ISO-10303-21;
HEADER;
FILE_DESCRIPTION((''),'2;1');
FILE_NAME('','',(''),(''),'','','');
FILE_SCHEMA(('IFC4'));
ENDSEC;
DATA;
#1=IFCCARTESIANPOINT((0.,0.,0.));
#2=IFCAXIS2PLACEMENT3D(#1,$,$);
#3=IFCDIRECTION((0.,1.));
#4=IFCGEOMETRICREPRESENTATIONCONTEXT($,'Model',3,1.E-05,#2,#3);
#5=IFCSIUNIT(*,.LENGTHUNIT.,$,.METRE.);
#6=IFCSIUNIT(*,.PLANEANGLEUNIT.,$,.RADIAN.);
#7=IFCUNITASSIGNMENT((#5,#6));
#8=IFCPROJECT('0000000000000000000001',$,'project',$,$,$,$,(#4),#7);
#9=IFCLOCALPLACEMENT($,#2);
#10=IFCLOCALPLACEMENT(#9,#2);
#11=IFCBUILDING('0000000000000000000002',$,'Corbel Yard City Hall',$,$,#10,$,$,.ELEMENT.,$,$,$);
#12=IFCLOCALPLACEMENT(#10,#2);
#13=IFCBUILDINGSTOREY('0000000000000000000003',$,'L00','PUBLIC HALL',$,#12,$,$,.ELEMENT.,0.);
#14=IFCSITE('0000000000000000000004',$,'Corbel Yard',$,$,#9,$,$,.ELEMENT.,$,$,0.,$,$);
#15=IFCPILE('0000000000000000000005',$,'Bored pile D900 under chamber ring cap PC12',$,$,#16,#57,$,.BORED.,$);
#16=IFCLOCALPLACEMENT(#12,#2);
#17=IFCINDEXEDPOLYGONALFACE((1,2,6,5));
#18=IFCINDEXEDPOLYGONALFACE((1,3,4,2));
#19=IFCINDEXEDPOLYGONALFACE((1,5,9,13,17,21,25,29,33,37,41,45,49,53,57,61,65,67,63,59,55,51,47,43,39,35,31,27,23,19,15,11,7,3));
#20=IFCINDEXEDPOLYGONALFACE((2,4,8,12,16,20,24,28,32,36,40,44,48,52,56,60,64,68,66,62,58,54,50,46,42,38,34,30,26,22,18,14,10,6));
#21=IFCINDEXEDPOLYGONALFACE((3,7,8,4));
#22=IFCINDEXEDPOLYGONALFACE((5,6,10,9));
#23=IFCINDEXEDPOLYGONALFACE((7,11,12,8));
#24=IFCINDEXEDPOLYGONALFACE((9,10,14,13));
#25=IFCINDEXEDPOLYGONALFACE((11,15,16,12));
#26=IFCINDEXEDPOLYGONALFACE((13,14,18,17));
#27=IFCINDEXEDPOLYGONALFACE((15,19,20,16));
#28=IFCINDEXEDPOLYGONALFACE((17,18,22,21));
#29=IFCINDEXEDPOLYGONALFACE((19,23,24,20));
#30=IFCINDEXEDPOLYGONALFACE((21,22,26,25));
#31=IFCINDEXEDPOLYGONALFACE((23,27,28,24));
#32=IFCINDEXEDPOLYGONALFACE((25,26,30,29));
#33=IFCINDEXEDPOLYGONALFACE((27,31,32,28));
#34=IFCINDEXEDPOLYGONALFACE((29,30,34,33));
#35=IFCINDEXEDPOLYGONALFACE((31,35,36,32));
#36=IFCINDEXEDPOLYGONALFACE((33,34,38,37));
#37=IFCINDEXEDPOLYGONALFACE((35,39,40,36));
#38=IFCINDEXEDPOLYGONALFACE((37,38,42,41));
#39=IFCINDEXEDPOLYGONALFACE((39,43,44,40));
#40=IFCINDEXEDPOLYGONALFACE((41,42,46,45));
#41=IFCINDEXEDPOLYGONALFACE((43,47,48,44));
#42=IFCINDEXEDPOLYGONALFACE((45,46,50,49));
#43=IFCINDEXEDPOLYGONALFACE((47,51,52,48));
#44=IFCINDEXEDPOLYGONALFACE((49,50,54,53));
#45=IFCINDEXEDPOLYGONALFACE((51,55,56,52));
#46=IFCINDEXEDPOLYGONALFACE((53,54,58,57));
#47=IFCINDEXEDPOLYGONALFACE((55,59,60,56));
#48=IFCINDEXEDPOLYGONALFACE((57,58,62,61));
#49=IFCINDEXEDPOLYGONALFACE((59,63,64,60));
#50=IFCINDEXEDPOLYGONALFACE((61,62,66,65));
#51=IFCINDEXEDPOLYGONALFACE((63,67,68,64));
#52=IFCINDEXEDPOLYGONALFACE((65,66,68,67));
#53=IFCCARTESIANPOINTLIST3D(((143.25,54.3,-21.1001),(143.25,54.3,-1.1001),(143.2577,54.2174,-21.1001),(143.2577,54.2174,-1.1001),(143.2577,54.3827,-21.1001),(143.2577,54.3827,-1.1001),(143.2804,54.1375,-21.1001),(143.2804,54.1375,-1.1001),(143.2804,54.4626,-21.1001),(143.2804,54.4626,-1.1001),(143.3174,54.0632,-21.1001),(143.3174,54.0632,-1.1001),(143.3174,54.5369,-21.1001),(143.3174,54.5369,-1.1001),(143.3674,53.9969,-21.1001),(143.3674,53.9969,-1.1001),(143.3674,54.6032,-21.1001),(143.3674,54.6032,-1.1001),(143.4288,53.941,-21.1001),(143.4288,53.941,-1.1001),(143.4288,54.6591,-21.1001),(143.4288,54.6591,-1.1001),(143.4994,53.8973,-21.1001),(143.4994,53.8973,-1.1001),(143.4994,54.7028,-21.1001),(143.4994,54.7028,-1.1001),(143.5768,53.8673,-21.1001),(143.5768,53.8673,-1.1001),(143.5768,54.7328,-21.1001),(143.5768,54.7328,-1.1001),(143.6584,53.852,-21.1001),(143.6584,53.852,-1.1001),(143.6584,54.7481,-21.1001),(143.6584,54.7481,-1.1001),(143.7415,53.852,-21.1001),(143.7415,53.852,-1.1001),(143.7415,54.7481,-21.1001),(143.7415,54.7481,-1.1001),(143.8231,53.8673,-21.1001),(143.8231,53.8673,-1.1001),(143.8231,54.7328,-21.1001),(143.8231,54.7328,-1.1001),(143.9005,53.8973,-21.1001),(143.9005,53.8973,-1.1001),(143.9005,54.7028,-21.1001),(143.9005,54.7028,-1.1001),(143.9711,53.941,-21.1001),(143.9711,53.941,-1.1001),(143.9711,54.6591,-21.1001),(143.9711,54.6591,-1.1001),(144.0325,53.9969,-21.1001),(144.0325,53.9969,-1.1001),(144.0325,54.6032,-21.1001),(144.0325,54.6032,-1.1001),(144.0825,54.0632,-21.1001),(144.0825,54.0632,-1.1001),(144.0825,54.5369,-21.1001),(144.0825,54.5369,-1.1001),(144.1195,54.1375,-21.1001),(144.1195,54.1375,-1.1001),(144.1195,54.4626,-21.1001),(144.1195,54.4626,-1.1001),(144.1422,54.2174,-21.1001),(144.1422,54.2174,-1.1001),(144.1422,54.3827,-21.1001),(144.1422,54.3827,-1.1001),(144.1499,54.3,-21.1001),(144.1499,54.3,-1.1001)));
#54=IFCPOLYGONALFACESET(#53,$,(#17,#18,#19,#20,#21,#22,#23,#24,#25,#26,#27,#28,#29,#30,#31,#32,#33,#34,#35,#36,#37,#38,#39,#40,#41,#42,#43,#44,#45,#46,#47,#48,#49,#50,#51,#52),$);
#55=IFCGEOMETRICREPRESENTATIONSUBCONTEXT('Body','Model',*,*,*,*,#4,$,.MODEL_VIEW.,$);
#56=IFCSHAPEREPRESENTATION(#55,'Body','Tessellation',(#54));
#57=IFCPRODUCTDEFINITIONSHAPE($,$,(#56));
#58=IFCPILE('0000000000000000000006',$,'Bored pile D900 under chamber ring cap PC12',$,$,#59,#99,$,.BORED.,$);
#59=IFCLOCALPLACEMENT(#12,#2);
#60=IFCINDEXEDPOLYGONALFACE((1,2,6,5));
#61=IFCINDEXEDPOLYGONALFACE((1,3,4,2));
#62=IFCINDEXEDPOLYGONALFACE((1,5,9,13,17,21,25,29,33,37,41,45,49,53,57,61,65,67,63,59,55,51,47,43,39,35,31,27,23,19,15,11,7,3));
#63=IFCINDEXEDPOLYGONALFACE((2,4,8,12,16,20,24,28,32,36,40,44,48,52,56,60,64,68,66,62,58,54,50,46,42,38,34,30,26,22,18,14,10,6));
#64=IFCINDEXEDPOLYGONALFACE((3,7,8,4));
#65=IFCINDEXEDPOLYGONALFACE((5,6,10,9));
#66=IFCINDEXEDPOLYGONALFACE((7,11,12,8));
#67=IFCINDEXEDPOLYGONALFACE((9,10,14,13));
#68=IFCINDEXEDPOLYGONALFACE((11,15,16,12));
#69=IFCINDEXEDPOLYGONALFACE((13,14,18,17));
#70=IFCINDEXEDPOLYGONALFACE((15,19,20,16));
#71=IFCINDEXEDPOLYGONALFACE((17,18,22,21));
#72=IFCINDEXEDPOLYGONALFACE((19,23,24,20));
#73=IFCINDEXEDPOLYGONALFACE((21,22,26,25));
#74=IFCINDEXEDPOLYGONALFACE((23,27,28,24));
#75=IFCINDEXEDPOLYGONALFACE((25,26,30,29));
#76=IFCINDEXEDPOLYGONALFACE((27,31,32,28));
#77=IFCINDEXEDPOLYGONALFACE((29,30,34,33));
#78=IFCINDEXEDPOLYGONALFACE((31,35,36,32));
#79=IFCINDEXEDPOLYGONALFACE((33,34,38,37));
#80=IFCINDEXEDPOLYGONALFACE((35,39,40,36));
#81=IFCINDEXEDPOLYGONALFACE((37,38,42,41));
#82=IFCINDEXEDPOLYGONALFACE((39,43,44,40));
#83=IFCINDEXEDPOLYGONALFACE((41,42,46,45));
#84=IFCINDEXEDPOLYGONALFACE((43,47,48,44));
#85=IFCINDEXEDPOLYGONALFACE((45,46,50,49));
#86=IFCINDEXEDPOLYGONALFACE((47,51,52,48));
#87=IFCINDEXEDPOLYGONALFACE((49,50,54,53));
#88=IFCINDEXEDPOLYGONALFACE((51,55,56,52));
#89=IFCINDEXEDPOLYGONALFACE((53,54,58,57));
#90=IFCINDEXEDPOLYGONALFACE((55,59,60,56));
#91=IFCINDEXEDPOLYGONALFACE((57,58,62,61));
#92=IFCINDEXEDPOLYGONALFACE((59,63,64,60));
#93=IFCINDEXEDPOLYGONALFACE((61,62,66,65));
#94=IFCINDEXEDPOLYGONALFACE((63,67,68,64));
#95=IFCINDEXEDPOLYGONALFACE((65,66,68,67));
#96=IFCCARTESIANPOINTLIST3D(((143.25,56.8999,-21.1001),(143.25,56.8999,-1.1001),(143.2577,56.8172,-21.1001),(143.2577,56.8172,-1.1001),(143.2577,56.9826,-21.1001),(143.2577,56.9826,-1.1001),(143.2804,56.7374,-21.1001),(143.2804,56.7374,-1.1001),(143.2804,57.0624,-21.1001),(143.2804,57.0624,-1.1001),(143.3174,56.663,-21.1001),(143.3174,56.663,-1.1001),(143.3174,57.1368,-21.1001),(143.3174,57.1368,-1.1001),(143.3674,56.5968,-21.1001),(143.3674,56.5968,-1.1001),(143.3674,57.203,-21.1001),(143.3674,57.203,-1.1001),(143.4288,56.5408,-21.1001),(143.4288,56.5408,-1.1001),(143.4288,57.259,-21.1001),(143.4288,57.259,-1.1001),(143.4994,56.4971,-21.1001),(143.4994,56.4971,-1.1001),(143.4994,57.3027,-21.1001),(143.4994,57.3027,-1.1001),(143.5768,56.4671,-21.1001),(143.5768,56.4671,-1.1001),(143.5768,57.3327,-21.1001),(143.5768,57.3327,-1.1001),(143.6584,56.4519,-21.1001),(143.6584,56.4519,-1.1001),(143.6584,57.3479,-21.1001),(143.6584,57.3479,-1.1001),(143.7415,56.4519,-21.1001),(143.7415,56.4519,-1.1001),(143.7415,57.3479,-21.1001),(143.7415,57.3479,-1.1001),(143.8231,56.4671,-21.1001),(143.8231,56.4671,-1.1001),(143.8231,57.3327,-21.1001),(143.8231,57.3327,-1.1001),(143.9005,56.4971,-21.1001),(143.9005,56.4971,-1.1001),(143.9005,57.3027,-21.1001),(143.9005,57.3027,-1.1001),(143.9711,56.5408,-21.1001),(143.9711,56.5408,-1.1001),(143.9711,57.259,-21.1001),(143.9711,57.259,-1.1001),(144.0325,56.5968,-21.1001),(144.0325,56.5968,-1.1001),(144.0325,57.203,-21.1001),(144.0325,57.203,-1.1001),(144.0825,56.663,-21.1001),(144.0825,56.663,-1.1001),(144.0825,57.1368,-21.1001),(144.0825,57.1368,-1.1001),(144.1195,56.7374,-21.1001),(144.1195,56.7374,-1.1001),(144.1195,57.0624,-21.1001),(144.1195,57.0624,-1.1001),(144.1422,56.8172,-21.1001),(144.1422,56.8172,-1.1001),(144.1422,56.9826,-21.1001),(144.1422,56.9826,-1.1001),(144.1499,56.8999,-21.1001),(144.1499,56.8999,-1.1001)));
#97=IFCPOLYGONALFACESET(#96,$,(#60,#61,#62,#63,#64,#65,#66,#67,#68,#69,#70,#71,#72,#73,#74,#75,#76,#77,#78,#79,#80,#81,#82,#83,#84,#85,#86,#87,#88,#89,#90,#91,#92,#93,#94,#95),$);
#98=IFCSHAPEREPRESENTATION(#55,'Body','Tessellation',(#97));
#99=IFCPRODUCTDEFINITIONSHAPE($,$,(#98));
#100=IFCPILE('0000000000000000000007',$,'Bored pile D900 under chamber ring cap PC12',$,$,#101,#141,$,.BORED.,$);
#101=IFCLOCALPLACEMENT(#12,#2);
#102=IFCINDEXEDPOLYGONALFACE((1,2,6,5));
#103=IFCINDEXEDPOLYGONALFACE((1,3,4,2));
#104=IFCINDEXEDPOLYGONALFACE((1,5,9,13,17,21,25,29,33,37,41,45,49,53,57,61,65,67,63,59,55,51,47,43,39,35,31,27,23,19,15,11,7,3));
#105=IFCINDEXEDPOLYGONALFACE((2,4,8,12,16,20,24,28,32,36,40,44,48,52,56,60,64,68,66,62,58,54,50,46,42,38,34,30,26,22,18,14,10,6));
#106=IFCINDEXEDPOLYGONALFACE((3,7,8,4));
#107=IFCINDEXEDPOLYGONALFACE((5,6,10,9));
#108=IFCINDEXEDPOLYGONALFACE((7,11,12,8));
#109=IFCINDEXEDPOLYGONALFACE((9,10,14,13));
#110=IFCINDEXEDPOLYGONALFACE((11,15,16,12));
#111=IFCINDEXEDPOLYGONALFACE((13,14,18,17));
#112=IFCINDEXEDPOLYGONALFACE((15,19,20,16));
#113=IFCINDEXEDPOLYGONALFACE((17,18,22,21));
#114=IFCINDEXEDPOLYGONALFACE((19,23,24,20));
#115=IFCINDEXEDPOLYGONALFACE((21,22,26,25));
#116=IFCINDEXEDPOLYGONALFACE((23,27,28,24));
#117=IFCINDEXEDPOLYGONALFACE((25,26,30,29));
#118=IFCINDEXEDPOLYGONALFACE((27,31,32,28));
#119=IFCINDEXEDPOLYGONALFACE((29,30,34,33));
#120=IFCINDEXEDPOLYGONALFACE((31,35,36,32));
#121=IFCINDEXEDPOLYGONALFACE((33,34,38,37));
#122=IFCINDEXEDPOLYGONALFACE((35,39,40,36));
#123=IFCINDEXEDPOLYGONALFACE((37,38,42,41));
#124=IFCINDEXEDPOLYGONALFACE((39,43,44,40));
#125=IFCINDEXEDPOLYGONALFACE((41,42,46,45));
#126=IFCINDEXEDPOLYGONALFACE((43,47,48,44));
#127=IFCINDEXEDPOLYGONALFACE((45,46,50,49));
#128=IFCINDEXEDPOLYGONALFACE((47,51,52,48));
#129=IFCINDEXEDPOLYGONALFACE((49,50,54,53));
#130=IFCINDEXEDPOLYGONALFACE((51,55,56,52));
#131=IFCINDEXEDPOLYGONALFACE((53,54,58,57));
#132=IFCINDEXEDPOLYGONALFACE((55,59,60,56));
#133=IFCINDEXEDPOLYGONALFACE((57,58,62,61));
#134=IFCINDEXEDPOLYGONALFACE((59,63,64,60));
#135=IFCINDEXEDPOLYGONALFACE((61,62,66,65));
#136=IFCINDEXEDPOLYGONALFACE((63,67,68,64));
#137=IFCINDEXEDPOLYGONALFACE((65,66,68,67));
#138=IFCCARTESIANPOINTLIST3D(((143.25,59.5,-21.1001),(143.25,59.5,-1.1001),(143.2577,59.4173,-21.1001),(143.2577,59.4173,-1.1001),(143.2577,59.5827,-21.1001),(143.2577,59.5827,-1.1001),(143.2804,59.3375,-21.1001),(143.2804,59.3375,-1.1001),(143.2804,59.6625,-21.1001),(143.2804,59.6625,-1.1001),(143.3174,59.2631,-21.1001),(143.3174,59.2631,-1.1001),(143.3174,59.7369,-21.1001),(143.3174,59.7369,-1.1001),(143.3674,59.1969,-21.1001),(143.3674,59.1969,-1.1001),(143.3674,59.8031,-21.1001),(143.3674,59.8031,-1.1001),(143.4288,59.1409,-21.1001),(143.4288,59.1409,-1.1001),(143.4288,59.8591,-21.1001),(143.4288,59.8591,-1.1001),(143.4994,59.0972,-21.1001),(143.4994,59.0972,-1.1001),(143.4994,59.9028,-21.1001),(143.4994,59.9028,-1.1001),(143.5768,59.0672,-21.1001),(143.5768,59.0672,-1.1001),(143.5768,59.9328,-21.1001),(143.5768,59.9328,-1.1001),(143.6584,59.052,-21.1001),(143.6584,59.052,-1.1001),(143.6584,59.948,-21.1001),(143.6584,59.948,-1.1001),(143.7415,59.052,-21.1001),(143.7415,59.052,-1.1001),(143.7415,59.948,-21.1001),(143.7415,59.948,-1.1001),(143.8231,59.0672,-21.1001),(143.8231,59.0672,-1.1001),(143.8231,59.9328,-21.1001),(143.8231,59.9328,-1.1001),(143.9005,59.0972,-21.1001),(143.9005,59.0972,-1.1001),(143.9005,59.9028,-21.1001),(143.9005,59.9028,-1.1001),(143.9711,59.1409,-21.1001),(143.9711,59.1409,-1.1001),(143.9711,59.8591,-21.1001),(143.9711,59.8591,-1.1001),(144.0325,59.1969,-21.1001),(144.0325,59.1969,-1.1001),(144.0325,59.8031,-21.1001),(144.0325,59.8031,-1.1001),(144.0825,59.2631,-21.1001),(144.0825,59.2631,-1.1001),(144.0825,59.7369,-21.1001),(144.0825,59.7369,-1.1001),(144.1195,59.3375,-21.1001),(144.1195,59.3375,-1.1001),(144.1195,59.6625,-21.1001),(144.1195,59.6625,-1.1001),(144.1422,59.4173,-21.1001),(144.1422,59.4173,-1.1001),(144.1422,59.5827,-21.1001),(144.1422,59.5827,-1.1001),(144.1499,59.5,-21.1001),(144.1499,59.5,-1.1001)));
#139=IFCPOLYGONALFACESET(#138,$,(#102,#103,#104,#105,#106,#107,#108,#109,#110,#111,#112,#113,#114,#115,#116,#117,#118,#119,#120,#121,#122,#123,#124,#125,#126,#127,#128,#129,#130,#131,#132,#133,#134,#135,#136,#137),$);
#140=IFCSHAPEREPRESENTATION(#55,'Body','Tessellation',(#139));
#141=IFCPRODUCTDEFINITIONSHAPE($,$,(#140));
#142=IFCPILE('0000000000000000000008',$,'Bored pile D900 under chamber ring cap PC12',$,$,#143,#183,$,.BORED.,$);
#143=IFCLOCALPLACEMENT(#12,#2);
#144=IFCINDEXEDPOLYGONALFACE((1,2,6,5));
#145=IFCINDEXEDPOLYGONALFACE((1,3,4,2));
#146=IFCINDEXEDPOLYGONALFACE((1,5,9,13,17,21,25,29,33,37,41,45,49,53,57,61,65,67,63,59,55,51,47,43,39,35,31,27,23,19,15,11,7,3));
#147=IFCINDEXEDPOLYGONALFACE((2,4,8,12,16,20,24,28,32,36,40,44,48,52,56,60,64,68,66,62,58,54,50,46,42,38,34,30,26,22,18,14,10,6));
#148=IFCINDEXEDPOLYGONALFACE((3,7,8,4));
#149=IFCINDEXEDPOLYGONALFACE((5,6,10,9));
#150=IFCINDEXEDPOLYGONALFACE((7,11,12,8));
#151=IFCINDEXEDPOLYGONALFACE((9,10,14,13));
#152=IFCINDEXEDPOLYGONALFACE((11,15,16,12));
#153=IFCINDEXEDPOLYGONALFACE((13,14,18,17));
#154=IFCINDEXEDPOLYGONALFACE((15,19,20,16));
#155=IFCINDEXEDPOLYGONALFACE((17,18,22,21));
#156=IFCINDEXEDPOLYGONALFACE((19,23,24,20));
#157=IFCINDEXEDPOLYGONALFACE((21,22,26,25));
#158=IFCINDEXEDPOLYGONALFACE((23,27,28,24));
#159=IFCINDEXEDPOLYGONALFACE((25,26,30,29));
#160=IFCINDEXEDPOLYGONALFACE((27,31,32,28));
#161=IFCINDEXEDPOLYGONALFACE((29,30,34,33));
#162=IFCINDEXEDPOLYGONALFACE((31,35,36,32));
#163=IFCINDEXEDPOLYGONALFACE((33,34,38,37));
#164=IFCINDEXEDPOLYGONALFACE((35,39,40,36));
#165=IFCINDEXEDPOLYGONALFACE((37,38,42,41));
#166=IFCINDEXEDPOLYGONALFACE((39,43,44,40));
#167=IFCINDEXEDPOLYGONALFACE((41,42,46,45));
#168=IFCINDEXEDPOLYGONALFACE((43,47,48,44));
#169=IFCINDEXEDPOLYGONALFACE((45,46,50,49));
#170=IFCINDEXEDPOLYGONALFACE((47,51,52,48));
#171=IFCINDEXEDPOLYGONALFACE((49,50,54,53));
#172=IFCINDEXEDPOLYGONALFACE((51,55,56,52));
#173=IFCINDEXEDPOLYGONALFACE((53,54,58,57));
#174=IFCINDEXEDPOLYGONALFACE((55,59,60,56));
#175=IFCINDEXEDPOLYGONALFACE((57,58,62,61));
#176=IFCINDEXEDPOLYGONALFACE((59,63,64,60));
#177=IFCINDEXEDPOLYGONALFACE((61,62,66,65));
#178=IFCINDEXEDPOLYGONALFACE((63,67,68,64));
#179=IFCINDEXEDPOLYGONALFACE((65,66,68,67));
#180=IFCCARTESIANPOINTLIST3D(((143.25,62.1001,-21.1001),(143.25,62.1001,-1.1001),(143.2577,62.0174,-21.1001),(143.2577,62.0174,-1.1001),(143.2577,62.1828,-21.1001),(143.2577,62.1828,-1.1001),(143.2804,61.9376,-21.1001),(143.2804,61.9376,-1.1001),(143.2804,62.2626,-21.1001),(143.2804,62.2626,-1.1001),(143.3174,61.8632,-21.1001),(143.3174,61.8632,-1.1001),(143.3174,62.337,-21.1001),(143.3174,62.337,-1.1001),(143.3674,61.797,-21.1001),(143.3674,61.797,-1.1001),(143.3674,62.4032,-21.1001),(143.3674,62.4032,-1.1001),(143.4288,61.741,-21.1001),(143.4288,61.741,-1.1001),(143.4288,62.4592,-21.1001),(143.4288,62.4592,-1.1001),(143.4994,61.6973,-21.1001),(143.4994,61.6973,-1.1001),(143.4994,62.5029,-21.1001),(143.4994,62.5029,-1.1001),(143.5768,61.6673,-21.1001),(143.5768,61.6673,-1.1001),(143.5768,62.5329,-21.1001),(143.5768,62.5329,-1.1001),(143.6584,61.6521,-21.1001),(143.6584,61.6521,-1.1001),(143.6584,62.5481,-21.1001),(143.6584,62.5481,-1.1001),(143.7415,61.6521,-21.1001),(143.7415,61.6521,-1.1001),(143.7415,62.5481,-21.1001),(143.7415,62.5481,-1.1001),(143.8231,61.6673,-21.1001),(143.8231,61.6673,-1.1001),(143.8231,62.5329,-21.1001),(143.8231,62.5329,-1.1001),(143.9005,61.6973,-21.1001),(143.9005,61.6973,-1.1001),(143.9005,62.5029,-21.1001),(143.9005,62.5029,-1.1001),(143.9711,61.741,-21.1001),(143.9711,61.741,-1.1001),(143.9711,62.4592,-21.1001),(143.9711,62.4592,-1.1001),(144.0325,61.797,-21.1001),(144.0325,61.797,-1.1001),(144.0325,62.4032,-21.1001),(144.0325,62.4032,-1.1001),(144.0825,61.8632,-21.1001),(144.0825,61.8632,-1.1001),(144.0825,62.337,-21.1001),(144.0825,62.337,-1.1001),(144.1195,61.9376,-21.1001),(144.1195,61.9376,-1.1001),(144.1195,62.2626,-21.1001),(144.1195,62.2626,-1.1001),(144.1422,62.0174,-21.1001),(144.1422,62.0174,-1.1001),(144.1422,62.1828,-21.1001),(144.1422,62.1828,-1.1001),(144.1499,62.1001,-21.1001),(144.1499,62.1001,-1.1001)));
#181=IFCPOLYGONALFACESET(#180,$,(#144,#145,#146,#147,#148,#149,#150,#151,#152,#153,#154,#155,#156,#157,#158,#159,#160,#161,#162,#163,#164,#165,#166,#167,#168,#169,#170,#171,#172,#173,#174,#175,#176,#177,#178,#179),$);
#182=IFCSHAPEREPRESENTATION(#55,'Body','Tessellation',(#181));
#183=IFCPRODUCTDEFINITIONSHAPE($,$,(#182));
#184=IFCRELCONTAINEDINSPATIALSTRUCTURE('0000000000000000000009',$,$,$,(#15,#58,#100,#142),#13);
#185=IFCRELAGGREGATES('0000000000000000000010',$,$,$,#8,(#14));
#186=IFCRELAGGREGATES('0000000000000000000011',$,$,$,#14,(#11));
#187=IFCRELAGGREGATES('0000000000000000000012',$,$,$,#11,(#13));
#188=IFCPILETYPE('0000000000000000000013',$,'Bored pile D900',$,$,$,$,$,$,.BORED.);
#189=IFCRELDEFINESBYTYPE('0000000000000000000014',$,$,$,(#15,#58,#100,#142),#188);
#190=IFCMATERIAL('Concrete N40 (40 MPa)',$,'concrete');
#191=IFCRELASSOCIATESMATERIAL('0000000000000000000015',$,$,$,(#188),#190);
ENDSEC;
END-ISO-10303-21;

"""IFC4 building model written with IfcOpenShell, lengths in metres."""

from ifc_helpers import new_model, si_unit, direction, frame, origin, origin_2d, place, context, subcontext, project, spatial, circle, extrude, material, material_profile, profile_set, type_object, element, save


model = new_model("IFC4")

# Units and contexts
model_context = context("Model", 3, precision=1e-05, world=origin(), true_north=direction((0.0, 1.0)))
body_context = subcontext(model_context, "Body", "Model", "MODEL_VIEW")
ifc_project = project(units=[si_unit("LENGTHUNIT", "METRE"), si_unit("PLANEANGLEUNIT", "RADIAN")], contexts=[model_context])

# Site, building, storey
site_placement = place(None, origin())
site = spatial("IfcSite", under=ifc_project, at=site_placement, Name="Corbel Yard", CompositionType="ELEMENT", RefElevation=0.0)
building_placement = place(site_placement, origin())
building = spatial("IfcBuilding", under=site, at=building_placement, Name="Corbel Yard City Hall", CompositionType="ELEMENT")
storey_placement = place(building_placement, origin())
storey = spatial("IfcBuildingStorey", under=building, at=storey_placement, Name="L00", Description="PUBLIC HALL", CompositionType="ELEMENT", Elevation=0.0)

# Piles
ifc_material_1 = material(Name="Concrete N40 (40 MPa)", Category="concrete")
ifc_material_profile_1 = material_profile(ifc_material_1, circle(Radius=0.45, at=origin_2d()), Name="D900")
ifc_profile_set_1 = profile_set([ifc_material_profile_1], Name="Concrete N40 (40 MPa)")
pile_type = type_object("IfcPileType", Name="Bored pile D900", PredefinedType="BORED", material=ifc_profile_set_1)
for number, where, z_axis, x_axis, name in (
    (1, (143.7, 54.3, -1.1001), (0.0, 0.0, -1.0), (1.0, 0.0, 0.0), "Bored pile D900 under chamber ring cap PC12"),
    (2, (143.7, 56.8999, -1.1001), (0.0, 0.0, -1.0), (1.0, 0.0, 0.0), "Bored pile D900 under chamber ring cap PC12"),
    (3, (143.7, 59.5, -1.1001), (0.0, 0.0, -1.0), (1.0, 0.0, 0.0), "Bored pile D900 under chamber ring cap PC12"),
    (4, (143.7, 62.1001, -1.1001), (0.0, 0.0, -1.0), (1.0, 0.0, 0.0), "Bored pile D900 under chamber ring cap PC12"),
):
    element("IfcPile", number, at=place(storey_placement, frame(where, z_axis=z_axis, x_axis=x_axis)), inside=storey, type_object=pile_type, Name=name, PredefinedType="BORED", context=body_context, shape_type="SweptSolid", body=[
        extrude(circle(Radius=0.45, at=origin_2d()), origin(), (0.0, 0.0, 1.0), 20.0),
    ])

save(model, "model.ifc")
